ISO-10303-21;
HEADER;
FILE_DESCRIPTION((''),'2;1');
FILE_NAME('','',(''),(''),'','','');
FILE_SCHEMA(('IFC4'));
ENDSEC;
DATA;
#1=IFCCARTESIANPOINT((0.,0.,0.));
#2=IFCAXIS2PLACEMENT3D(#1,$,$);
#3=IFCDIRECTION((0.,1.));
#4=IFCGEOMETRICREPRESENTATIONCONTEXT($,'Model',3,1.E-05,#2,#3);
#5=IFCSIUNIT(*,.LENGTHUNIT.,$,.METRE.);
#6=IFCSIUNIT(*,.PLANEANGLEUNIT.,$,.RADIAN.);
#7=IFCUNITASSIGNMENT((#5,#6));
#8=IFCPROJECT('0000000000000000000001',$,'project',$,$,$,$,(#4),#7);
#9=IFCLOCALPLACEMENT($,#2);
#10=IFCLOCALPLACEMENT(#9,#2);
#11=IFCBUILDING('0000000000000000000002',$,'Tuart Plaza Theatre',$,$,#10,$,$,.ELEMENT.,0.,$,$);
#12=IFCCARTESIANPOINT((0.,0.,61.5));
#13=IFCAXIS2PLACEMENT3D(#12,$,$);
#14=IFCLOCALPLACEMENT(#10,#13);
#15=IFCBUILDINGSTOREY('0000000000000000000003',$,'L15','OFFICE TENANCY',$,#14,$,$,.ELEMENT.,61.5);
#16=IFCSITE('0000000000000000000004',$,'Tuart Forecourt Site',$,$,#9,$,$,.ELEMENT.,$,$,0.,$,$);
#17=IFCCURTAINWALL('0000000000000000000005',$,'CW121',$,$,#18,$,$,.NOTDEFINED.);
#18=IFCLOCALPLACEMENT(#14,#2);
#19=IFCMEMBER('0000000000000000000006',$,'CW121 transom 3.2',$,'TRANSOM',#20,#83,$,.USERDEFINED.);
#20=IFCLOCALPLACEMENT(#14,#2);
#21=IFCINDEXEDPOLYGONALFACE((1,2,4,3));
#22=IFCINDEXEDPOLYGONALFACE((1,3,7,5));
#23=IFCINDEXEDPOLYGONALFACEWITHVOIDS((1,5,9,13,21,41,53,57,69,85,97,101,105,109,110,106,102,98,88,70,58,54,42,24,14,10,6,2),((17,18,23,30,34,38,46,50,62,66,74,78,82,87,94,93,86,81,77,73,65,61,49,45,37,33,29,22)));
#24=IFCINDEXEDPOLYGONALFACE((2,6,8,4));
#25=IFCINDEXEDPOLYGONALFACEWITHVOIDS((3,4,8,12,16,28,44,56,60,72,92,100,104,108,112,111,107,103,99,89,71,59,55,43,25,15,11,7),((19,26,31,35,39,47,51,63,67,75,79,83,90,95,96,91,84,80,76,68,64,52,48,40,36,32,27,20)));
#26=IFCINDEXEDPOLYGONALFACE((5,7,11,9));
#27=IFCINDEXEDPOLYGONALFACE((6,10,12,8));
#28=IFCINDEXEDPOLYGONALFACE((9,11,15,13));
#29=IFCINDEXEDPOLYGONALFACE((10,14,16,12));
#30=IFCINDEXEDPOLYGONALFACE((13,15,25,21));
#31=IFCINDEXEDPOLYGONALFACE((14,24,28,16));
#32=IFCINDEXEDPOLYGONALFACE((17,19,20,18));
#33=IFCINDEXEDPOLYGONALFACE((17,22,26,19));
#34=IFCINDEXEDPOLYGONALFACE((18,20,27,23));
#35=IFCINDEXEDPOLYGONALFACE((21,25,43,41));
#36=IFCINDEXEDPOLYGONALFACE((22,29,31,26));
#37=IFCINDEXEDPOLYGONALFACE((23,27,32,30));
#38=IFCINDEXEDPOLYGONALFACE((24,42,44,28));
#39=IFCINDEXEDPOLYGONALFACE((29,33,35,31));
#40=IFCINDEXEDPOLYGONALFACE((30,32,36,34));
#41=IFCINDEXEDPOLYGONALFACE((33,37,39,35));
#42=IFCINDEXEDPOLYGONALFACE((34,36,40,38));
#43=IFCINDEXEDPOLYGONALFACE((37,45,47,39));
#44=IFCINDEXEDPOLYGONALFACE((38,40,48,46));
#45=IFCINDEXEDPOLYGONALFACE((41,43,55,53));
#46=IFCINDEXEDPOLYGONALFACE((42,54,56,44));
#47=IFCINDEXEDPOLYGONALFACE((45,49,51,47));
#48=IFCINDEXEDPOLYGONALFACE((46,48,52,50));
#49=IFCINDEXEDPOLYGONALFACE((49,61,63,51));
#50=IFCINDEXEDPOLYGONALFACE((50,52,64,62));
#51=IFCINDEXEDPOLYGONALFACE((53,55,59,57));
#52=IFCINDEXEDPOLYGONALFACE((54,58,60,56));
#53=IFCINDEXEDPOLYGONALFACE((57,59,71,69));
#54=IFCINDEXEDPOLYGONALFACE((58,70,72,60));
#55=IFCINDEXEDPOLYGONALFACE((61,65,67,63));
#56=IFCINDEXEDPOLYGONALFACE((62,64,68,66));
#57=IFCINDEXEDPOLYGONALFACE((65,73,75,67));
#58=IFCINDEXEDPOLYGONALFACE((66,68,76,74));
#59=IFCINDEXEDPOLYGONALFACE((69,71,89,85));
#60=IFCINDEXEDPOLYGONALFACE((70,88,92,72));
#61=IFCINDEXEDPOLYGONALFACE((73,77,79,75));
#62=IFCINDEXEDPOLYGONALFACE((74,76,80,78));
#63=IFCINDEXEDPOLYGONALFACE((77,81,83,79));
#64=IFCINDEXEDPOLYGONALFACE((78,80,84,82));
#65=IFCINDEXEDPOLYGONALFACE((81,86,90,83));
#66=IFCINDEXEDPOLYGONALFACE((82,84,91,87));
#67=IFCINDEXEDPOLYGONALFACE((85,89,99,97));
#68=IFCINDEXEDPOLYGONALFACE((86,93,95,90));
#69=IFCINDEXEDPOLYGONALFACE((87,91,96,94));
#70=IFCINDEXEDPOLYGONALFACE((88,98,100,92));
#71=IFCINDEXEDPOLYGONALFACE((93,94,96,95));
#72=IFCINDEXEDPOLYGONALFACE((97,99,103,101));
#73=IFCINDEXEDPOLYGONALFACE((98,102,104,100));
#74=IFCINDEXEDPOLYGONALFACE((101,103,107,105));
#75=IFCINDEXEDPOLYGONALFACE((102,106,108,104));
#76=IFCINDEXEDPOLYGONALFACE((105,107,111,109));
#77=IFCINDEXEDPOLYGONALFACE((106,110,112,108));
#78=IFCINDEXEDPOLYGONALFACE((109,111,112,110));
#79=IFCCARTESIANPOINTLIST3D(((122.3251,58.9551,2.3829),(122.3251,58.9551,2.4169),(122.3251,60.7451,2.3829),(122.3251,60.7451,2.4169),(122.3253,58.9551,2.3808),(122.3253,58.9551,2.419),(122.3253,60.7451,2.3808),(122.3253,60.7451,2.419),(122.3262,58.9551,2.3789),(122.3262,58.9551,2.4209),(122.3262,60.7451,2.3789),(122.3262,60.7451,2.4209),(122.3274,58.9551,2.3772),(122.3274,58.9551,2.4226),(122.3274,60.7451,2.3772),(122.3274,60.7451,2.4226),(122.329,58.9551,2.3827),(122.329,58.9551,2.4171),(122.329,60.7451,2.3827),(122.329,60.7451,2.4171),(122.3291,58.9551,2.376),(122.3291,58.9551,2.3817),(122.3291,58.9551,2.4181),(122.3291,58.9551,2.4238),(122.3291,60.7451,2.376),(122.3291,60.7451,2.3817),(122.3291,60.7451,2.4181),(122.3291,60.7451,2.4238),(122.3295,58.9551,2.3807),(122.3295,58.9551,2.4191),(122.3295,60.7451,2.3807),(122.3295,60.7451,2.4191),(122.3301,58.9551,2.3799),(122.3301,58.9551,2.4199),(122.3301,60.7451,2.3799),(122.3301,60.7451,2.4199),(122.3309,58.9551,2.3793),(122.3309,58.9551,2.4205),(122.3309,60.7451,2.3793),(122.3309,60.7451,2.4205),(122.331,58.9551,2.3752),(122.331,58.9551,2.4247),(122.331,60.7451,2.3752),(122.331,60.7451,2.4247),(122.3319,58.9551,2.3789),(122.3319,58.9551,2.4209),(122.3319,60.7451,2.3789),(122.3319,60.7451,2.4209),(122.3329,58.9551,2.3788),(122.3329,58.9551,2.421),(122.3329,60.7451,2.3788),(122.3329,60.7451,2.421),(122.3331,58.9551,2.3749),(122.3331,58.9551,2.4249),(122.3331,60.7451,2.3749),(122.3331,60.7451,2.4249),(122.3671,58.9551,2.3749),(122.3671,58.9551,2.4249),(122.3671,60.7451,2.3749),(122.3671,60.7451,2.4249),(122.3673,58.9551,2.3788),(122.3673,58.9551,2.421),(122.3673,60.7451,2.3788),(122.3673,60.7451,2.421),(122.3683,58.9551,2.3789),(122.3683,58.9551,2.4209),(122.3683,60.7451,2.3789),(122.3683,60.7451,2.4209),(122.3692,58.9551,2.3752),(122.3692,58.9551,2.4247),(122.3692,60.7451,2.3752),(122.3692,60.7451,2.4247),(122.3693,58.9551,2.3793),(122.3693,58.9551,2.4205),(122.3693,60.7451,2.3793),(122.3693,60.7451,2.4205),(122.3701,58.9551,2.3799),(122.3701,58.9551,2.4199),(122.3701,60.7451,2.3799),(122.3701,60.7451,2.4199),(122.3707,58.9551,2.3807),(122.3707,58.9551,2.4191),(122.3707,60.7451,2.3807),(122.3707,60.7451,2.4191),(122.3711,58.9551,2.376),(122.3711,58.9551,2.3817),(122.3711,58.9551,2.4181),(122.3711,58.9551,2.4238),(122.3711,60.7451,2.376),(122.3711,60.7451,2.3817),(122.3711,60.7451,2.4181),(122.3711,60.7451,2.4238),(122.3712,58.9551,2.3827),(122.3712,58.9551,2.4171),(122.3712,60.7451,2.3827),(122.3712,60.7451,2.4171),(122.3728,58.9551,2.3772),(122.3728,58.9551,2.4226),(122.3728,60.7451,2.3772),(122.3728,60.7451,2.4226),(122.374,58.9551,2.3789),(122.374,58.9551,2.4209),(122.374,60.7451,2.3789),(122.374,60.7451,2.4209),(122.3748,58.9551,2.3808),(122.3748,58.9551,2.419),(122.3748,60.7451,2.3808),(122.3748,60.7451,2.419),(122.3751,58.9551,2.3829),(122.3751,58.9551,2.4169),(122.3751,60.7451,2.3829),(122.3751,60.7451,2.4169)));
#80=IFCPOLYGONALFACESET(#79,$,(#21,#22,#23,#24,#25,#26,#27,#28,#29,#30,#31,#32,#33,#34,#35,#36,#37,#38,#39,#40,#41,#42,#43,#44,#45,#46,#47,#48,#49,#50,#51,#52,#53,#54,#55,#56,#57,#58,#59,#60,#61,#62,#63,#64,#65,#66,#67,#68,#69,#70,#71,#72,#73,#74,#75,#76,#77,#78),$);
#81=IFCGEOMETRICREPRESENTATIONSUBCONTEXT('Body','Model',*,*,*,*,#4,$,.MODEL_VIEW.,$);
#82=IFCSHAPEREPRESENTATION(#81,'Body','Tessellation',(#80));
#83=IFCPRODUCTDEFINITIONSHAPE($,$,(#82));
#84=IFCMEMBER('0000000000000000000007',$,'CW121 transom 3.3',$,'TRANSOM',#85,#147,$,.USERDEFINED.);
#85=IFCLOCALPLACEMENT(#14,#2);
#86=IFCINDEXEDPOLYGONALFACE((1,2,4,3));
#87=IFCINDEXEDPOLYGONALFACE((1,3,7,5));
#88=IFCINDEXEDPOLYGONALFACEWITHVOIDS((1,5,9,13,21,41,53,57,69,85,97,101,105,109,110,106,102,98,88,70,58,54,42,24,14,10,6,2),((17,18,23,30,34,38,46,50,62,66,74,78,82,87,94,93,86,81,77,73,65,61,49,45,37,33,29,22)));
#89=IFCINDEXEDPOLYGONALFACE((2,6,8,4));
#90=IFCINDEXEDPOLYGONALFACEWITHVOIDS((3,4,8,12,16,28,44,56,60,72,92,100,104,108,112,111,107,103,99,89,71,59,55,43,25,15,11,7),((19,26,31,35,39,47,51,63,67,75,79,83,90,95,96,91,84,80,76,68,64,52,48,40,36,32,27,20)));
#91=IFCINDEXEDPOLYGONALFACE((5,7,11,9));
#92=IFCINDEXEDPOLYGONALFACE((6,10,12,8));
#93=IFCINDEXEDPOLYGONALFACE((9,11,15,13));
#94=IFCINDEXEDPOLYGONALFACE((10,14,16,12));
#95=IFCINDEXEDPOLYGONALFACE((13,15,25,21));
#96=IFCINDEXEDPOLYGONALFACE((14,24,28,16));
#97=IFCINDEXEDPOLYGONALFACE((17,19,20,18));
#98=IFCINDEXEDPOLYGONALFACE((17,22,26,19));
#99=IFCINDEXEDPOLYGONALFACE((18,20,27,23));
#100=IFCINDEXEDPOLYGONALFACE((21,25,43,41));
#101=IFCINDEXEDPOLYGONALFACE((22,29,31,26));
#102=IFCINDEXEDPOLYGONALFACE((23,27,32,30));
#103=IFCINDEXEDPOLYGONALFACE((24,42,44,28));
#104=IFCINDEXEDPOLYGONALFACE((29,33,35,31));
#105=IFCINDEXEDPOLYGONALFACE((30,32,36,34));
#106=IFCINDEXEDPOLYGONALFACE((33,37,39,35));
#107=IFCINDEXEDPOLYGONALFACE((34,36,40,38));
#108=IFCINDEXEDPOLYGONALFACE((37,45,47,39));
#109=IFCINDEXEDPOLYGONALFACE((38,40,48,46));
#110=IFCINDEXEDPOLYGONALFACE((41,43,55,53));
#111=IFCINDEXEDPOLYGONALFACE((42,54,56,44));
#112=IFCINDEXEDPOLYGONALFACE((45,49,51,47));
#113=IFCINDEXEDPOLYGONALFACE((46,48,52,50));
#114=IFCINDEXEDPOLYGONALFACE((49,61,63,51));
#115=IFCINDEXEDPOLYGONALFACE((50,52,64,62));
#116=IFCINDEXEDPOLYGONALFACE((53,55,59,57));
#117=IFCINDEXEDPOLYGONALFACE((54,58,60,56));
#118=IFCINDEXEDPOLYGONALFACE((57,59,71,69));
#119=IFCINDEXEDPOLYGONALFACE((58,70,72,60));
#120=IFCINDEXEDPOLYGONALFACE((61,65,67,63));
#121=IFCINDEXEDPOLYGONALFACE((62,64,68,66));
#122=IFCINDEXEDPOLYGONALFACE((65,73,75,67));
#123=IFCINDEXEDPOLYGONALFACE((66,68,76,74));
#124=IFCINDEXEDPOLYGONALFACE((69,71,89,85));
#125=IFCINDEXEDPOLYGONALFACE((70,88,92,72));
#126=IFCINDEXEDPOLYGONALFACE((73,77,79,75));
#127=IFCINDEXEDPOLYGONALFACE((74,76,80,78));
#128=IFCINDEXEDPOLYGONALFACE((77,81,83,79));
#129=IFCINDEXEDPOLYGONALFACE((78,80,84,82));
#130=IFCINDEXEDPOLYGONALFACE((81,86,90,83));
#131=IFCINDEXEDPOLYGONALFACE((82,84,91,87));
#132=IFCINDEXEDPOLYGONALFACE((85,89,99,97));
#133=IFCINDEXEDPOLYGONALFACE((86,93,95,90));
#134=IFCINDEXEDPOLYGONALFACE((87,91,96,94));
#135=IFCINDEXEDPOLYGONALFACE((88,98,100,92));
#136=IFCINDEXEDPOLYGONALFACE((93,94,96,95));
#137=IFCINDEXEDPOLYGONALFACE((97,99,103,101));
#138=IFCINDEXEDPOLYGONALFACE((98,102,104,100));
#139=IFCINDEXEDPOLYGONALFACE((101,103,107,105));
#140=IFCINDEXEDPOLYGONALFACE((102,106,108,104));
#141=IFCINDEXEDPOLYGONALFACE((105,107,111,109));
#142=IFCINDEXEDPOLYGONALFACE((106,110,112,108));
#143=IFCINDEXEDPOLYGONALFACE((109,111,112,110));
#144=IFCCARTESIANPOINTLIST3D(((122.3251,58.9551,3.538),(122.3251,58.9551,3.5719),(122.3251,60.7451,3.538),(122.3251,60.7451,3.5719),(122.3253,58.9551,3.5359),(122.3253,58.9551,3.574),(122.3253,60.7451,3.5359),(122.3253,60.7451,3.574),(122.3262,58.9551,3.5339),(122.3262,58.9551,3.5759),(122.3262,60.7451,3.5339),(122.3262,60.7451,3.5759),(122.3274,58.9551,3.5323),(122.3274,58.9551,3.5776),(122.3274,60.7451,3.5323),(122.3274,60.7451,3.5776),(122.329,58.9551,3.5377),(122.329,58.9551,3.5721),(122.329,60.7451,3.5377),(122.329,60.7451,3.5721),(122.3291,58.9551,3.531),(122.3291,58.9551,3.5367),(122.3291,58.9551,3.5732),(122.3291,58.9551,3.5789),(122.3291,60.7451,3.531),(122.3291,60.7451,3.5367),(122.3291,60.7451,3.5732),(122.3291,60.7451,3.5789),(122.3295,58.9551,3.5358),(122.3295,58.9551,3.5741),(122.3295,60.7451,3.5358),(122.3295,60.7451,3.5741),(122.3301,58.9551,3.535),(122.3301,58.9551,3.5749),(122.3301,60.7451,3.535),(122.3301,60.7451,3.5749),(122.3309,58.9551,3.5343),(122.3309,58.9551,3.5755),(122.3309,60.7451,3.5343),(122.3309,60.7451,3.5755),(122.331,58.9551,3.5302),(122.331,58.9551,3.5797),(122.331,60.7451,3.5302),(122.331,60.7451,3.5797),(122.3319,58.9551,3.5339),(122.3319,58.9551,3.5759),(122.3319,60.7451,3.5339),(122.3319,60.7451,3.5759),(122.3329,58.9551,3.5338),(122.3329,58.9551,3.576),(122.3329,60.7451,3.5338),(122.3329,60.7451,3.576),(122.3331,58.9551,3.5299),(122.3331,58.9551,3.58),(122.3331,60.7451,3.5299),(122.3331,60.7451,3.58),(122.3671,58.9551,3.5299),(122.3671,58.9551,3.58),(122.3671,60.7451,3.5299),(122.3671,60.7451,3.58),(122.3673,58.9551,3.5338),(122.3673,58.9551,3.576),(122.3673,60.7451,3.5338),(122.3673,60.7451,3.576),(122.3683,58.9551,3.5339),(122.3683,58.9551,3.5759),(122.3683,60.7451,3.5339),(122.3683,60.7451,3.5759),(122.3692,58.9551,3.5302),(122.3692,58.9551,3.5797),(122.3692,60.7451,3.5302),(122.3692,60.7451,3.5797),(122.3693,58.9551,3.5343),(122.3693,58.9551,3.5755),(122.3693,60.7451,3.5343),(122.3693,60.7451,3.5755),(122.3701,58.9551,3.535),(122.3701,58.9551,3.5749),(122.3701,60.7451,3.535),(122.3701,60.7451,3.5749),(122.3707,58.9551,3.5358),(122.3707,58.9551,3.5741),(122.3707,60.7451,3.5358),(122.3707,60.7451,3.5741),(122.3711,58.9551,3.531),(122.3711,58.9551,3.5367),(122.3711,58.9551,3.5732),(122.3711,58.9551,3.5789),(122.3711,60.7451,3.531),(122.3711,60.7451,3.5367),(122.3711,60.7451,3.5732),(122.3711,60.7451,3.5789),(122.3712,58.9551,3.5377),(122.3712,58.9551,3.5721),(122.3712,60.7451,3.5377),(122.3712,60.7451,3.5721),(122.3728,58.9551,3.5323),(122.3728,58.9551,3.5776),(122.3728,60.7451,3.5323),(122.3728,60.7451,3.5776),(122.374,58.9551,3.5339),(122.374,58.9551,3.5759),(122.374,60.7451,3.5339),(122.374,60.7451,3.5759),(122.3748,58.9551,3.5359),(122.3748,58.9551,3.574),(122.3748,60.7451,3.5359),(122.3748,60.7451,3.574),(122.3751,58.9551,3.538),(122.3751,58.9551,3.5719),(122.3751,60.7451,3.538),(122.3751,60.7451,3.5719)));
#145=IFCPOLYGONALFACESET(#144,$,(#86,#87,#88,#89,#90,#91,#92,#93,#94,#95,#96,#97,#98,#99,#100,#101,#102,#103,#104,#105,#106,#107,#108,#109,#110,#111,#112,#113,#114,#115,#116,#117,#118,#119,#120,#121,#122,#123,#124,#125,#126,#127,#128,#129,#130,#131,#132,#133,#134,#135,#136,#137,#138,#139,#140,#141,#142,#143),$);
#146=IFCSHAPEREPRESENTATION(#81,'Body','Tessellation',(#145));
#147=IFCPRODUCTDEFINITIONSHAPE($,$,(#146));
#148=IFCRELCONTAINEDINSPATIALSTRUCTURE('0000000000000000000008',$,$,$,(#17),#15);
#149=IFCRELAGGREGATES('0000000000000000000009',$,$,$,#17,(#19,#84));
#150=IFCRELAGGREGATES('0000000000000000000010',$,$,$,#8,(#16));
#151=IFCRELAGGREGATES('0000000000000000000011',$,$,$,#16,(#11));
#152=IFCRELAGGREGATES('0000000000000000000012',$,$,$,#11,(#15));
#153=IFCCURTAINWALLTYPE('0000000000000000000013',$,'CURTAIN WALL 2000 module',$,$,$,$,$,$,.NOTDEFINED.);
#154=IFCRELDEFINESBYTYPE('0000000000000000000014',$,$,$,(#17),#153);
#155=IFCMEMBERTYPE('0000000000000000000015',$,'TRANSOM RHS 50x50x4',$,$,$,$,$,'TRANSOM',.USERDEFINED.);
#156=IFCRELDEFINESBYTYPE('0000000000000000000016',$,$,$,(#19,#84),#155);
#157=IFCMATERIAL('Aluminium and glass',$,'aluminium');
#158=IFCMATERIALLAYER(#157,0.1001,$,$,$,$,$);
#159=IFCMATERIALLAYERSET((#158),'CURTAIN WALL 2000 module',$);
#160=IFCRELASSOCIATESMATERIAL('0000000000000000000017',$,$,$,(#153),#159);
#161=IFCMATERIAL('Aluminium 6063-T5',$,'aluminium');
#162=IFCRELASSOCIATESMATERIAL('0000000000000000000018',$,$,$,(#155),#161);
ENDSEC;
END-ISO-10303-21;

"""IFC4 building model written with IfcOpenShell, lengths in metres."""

from ifc_helpers import new_model, si_unit, direction, frame, origin, origin_2d, place, context, subcontext, project, spatial, hollow_rectangle, extrude, material, layer, layer_set, material_profile, profile_set, type_object, element, aggregate, save


model = new_model("IFC4")

# Units and contexts
model_context = context("Model", 3, precision=1e-05, world=origin(), true_north=direction((0.0, 1.0)))
body_context = subcontext(model_context, "Body", "Model", "MODEL_VIEW")
ifc_project = project(units=[si_unit("LENGTHUNIT", "METRE"), si_unit("PLANEANGLEUNIT", "RADIAN")], contexts=[model_context])

# Site, building, storey
site_placement = place(None, origin())
site = spatial("IfcSite", under=ifc_project, at=site_placement, Name="Tuart Forecourt Site", CompositionType="ELEMENT", RefElevation=0.0)
building_placement = place(site_placement, origin())
building = spatial("IfcBuilding", under=site, at=building_placement, Name="Tuart Plaza Theatre", CompositionType="ELEMENT", ElevationOfRefHeight=0.0)
storey_placement = place(building_placement, frame((0.0, 0.0, 61.5)))
storey = spatial("IfcBuildingStorey", under=building, at=storey_placement, Name="L15", Description="OFFICE TENANCY", CompositionType="ELEMENT", Elevation=61.5)

# Curtain wall, members
ifc_material_1 = material(Name="Aluminium and glass", Category="aluminium")
ifc_layer_1 = layer(ifc_material_1, 0.1001)
ifc_layer_set_1 = layer_set([ifc_layer_1], Name="CURTAIN WALL 2000 module")
curtain_wall_type = type_object("IfcCurtainWallType", Name="CURTAIN WALL 2000 module", PredefinedType="NOTDEFINED", material=ifc_layer_set_1)
curtain_wall_placement = place(storey_placement, origin())
curtain_wall = element("IfcCurtainWall", 1, at=curtain_wall_placement, inside=storey, type_object=curtain_wall_type, Name="CW121", PredefinedType="NOTDEFINED")
ifc_material_2 = material(Name="Aluminium 6063-T5", Category="aluminium")
ifc_material_profile_1 = material_profile(ifc_material_2, hollow_rectangle(XDim=0.05, YDim=0.05, WallThickness=0.0039, InnerFilletRadius=0.0039, OuterFilletRadius=0.0081, at=origin_2d()), Name="RHS 50x50x4")
ifc_profile_set_1 = profile_set([ifc_material_profile_1], Name="Aluminium 6063-T5")
member_type_1 = type_object("IfcMemberType", Name="TRANSOM RHS 50x50x4", ElementType="TRANSOM", PredefinedType="USERDEFINED", material=ifc_profile_set_1)
member_1_placement = place(storey_placement, frame((122.3501, 60.7451, 2.3999), z_axis=(0.0, -1.0, 0.0), x_axis=(1.0, 0.0, 0.0)))
member_1 = element("IfcMember", 2, at=member_1_placement, type_object=member_type_1, Name="CW121 transom 3.2", ObjectType="TRANSOM", PredefinedType="USERDEFINED", context=body_context, shape_type="SweptSolid", body=[
    extrude(hollow_rectangle(XDim=0.05, YDim=0.05, WallThickness=0.0039, InnerFilletRadius=0.0039, OuterFilletRadius=0.0081, at=origin_2d()), origin(), (0.0, 0.0, 1.0), 1.79),
])
member_2_placement = place(storey_placement, frame((122.3501, 60.7451, 3.5549), z_axis=(0.0, -1.0, 0.0), x_axis=(1.0, 0.0, 0.0)))
member_2 = element("IfcMember", 3, at=member_2_placement, type_object=member_type_1, Name="CW121 transom 3.3", ObjectType="TRANSOM", PredefinedType="USERDEFINED", context=body_context, shape_type="SweptSolid", body=[
    extrude(hollow_rectangle(XDim=0.05, YDim=0.05, WallThickness=0.0039, InnerFilletRadius=0.0039, OuterFilletRadius=0.0081, at=origin_2d()), origin(), (0.0, 0.0, 1.0), 1.79),
])
aggregate(curtain_wall, [member_1, member_2])

save(model, "model.ifc")
